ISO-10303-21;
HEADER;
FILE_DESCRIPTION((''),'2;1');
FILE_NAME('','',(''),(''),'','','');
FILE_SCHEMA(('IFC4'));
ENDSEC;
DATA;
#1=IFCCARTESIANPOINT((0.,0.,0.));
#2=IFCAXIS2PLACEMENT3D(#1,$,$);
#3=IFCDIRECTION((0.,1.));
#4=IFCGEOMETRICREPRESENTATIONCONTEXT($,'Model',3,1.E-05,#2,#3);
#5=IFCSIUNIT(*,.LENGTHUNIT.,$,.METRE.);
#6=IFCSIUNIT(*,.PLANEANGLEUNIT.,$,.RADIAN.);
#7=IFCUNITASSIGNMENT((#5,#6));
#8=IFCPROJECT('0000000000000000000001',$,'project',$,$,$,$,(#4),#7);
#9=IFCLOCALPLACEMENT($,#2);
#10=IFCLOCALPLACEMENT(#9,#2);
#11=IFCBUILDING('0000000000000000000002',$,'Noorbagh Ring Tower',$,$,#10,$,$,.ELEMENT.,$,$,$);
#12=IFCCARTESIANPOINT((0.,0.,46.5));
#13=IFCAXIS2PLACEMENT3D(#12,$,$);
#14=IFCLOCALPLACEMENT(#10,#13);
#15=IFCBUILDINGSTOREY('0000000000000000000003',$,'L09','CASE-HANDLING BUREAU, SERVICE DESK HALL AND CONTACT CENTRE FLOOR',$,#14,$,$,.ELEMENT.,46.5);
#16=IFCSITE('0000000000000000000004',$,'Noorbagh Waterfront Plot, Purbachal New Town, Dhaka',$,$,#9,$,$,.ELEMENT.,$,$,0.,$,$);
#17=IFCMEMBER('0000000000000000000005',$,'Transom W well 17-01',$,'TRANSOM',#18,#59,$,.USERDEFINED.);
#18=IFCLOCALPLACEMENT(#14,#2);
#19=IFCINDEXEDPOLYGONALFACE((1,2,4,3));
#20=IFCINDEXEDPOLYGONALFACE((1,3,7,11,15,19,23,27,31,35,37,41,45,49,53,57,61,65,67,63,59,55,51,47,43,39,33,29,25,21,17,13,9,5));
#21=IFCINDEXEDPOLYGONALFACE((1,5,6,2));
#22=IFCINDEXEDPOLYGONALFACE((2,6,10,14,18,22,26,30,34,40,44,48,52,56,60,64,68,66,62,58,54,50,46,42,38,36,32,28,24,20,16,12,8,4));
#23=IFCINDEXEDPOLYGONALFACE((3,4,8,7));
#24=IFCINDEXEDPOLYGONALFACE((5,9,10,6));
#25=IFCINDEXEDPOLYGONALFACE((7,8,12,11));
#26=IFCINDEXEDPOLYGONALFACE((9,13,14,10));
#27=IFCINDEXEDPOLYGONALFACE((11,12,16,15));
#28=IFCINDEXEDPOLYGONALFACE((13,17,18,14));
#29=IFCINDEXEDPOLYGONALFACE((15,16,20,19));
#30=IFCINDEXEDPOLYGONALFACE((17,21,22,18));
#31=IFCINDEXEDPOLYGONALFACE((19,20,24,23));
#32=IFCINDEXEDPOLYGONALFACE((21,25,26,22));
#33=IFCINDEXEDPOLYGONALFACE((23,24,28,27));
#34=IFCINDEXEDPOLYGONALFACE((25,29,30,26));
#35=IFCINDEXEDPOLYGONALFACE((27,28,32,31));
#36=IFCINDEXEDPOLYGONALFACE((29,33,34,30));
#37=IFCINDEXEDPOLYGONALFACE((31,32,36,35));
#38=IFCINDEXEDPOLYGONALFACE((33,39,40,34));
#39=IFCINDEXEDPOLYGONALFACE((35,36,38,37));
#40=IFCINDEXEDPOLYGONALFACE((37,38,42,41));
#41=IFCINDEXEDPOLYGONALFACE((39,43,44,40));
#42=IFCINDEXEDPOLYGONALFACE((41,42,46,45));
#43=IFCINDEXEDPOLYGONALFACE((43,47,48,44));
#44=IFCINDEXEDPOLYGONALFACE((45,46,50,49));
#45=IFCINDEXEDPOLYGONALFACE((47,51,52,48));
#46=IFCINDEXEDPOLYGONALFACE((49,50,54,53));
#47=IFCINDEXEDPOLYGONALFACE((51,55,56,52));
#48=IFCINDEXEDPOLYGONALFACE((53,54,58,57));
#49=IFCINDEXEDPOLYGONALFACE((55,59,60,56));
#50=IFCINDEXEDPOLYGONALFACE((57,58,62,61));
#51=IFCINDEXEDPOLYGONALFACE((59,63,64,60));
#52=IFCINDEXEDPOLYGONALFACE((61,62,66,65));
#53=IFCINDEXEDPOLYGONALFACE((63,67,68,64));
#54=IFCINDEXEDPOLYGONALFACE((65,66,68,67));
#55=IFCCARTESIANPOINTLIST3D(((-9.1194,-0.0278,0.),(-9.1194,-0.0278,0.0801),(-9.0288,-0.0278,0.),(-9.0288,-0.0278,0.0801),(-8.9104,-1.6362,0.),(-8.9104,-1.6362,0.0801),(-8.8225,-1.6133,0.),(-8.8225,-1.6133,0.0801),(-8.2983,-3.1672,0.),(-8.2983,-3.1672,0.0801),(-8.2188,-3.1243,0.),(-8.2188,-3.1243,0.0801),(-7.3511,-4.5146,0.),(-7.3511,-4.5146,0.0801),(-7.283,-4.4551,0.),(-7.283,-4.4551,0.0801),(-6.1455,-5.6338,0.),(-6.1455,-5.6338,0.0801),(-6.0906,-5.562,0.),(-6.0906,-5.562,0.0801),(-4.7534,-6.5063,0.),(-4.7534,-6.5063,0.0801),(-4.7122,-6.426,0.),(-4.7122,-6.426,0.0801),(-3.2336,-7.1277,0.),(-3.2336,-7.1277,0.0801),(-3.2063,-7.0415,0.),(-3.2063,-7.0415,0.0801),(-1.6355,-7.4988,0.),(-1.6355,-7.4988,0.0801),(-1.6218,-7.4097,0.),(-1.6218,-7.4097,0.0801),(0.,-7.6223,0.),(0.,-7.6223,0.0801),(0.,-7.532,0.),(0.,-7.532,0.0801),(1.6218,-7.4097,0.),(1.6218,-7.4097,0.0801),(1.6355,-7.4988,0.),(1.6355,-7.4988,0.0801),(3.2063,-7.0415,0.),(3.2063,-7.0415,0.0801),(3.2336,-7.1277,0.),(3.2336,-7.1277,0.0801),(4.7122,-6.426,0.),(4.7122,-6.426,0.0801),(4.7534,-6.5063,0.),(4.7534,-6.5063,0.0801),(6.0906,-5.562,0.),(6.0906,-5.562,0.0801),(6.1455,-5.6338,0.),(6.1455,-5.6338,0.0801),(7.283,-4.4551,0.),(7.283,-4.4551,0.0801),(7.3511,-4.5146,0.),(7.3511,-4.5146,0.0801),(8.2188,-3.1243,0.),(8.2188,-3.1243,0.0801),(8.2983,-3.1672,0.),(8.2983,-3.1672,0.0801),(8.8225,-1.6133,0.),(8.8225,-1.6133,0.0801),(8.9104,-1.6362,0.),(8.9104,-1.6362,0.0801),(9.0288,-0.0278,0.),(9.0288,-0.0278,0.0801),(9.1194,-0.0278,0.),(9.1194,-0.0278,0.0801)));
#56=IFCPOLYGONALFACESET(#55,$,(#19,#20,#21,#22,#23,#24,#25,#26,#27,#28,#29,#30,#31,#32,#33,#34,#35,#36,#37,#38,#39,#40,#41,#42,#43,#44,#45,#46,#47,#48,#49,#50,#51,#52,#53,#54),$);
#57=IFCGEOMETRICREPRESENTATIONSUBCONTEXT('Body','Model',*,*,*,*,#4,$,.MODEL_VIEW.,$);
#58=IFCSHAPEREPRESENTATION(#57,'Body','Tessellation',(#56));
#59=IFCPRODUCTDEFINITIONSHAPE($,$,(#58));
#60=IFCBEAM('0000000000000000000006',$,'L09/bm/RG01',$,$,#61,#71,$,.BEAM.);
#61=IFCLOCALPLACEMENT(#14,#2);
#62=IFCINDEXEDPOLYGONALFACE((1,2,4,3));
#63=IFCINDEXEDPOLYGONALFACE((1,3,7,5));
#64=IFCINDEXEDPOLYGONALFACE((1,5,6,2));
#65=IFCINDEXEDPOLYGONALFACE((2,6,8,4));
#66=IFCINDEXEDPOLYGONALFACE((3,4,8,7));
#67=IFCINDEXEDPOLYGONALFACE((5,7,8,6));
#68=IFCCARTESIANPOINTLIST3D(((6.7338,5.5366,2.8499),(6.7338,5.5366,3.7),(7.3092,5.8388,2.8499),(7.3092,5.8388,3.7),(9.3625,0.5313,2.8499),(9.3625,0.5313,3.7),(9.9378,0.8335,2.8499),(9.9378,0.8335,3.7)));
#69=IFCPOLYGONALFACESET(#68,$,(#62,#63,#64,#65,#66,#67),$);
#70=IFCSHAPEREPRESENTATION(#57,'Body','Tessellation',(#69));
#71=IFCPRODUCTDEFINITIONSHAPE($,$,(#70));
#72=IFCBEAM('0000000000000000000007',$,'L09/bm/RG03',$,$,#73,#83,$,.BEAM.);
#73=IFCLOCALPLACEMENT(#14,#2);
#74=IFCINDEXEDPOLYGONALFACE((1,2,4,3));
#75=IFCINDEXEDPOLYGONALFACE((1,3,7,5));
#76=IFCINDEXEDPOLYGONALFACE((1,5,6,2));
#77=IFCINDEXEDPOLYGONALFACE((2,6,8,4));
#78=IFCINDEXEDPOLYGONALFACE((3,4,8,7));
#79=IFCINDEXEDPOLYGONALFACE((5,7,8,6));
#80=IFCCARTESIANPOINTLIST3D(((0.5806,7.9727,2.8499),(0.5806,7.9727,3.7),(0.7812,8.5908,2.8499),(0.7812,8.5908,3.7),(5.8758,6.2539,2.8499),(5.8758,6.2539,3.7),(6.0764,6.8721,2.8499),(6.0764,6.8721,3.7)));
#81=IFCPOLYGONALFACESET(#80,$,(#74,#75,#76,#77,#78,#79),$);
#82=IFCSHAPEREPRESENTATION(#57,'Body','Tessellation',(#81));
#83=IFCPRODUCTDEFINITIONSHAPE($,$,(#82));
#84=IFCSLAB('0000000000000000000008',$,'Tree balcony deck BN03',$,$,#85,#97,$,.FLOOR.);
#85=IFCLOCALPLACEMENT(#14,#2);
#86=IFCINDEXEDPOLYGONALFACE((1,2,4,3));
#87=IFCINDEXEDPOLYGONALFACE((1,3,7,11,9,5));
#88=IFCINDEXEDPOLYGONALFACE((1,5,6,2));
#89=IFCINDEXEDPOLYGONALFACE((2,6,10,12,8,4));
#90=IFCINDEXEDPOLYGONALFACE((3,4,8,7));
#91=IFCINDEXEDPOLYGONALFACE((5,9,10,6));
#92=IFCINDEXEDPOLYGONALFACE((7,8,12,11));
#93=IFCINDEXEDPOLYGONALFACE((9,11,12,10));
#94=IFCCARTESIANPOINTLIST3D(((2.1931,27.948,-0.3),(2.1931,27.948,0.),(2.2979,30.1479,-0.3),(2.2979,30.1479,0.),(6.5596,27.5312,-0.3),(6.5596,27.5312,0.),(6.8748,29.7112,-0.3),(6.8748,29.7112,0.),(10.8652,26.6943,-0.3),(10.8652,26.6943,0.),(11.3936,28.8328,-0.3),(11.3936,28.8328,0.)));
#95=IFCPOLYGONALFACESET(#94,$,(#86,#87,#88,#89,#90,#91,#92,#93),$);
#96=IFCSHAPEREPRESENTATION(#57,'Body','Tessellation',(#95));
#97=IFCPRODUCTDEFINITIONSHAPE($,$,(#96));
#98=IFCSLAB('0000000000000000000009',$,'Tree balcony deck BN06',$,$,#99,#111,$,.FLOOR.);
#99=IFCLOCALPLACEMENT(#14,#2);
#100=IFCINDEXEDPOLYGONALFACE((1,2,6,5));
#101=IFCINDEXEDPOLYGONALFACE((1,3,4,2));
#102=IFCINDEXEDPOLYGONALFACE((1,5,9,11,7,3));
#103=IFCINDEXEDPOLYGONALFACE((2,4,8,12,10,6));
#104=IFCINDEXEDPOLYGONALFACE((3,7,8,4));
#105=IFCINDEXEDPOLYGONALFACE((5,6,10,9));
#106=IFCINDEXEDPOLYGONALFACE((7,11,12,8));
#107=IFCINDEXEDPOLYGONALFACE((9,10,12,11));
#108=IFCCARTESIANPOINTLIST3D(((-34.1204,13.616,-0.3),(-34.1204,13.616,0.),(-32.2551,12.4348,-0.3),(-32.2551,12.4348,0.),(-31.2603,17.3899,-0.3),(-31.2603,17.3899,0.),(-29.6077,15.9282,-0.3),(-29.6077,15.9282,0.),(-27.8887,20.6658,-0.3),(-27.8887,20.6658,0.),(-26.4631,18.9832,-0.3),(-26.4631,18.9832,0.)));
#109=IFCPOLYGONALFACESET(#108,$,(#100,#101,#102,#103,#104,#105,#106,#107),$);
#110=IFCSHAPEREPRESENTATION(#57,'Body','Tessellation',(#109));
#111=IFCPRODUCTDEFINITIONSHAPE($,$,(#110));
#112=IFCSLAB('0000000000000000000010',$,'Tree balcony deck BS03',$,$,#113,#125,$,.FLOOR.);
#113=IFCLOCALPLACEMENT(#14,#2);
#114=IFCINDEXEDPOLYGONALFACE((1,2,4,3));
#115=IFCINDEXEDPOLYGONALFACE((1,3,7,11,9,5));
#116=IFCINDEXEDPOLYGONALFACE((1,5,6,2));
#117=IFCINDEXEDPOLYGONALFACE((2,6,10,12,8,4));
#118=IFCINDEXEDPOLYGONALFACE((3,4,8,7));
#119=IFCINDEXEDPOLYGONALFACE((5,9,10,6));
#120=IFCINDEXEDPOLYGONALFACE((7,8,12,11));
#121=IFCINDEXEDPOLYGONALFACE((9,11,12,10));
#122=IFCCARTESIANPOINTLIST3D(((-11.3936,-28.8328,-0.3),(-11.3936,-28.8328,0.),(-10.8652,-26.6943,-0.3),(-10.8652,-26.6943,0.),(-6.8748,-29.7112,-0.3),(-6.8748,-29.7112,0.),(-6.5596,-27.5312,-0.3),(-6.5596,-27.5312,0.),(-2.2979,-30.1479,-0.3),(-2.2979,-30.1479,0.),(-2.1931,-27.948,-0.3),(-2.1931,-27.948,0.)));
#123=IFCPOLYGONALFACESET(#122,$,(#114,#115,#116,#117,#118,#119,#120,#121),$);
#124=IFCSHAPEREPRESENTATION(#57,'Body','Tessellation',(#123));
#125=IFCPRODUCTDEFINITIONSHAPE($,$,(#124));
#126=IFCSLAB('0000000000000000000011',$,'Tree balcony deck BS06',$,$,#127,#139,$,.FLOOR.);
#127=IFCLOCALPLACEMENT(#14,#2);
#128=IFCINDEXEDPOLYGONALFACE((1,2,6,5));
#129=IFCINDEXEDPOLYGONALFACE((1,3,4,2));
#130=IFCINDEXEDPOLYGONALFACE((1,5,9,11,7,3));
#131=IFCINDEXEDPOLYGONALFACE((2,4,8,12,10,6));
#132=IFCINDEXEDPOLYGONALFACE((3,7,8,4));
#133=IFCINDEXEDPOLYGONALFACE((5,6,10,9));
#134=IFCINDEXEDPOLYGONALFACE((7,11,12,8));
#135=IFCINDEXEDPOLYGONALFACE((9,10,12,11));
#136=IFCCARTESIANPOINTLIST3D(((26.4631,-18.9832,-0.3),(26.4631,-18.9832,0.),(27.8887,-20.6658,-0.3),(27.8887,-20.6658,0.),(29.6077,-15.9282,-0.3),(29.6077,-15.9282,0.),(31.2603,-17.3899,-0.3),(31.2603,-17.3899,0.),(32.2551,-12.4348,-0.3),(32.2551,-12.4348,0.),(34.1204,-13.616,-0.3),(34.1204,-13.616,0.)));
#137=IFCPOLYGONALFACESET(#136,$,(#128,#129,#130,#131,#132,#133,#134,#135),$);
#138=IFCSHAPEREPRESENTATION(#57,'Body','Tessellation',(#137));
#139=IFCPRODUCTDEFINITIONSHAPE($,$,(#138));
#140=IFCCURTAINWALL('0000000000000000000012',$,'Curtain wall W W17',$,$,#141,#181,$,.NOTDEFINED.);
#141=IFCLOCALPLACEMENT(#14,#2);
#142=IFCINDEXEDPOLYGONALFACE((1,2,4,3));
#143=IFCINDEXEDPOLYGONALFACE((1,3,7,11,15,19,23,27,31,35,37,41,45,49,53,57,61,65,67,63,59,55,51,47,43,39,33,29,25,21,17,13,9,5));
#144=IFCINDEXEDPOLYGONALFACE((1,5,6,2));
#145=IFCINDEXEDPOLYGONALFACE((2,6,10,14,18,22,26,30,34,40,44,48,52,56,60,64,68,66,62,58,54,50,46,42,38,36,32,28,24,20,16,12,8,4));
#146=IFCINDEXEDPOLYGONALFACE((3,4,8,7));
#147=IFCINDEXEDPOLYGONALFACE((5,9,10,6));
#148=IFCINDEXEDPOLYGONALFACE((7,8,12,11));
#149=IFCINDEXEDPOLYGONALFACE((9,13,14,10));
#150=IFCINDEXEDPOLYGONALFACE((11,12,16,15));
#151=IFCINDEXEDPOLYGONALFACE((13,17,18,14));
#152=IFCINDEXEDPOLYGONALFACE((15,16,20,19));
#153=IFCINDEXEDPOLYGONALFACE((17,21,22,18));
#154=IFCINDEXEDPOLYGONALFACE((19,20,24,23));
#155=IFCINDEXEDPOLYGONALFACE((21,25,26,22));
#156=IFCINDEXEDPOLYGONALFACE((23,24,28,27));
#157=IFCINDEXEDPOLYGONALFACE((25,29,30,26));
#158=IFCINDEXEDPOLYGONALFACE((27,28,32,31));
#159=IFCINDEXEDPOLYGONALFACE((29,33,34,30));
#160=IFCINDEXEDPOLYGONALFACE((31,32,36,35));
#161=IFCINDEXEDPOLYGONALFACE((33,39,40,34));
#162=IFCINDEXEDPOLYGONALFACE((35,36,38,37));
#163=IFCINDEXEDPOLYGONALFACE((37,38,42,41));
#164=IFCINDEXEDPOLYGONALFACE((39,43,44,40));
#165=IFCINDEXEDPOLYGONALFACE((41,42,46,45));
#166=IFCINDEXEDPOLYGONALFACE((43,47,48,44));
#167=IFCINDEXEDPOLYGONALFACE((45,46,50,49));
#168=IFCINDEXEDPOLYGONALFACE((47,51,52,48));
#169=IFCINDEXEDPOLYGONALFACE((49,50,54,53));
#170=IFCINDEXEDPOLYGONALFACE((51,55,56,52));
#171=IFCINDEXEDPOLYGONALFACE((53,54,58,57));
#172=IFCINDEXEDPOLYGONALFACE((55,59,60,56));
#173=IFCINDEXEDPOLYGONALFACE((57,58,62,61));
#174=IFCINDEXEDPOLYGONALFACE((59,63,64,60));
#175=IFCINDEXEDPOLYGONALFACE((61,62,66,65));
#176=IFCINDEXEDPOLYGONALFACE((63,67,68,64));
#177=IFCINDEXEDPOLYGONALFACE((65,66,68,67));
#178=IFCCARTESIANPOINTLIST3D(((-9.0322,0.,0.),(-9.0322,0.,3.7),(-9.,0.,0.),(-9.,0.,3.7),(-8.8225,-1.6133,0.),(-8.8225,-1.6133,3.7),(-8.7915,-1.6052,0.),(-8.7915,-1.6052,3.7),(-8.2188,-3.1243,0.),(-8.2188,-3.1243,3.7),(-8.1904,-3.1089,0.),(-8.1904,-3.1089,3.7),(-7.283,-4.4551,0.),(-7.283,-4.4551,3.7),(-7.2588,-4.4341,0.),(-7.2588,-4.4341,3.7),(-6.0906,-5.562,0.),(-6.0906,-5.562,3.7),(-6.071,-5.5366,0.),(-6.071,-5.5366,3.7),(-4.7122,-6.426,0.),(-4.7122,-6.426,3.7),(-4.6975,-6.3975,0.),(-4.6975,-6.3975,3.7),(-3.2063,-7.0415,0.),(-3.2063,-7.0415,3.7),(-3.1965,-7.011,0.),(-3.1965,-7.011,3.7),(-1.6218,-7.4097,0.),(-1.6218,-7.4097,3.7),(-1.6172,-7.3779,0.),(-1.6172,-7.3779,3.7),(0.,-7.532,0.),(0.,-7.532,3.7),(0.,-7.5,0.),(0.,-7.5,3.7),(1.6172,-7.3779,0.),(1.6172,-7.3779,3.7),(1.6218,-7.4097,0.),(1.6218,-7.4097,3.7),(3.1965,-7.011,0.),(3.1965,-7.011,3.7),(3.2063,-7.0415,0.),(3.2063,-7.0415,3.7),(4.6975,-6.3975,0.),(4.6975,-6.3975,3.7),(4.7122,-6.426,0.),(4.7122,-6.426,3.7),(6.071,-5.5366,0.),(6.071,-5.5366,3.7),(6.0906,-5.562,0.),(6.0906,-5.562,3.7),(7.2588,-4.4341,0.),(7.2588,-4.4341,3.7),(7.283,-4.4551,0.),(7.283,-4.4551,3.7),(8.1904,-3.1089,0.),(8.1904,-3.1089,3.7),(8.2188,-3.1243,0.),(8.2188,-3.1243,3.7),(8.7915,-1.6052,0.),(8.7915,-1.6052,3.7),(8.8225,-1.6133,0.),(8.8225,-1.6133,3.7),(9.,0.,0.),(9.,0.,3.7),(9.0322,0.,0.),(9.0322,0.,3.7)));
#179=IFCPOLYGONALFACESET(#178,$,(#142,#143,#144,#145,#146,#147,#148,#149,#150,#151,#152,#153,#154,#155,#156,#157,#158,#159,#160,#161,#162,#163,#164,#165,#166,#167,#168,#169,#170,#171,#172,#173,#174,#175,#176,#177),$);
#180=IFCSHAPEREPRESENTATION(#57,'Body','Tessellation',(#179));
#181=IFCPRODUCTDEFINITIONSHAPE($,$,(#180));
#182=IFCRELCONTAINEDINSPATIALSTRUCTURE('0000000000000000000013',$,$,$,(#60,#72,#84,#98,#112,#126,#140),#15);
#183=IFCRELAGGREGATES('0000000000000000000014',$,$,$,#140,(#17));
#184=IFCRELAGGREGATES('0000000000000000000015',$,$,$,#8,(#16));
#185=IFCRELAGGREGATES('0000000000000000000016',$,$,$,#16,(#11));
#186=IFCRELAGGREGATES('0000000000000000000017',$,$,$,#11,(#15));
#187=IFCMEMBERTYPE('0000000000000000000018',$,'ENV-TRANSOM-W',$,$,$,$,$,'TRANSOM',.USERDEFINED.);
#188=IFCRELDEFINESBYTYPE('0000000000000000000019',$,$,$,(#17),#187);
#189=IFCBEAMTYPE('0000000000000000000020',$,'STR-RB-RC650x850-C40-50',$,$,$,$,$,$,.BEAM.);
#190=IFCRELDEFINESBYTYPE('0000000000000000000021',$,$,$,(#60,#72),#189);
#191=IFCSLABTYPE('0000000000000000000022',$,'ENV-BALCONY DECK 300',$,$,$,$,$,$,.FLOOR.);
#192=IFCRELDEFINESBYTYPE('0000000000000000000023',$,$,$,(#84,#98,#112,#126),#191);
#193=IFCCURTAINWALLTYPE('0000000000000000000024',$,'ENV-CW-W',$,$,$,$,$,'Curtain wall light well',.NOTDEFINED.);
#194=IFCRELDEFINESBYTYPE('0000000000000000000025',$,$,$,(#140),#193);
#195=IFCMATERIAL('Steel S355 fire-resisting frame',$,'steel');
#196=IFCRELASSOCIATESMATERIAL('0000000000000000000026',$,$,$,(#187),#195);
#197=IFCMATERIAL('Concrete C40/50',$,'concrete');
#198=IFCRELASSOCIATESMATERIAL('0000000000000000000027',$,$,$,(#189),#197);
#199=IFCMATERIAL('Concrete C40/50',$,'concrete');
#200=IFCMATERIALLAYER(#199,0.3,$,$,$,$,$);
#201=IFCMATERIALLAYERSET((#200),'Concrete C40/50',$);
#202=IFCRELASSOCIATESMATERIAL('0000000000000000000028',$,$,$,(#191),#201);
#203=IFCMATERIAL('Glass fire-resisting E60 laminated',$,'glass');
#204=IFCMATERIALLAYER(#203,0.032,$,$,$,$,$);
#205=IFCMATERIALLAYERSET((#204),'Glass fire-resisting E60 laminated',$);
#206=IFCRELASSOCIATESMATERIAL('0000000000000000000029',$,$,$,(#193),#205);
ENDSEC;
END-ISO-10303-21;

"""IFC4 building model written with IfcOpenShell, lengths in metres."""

from ifc_helpers import new_model, si_unit, direction, frame, origin, origin_2d, place, context, subcontext, project, spatial, polyline, rectangle, outline, extrude, material, layer, layer_set, material_profile, profile_set, type_object, element, aggregate, save


model = new_model("IFC4")

# Units and contexts
model_context = context("Model", 3, precision=1e-05, world=origin(), true_north=direction((0.0, 1.0)))
body_context = subcontext(model_context, "Body", "Model", "MODEL_VIEW")
ifc_project = project(units=[si_unit("LENGTHUNIT", "METRE"), si_unit("PLANEANGLEUNIT", "RADIAN")], contexts=[model_context])

# Site, building, storey
site_placement = place(None, origin())
site = spatial("IfcSite", under=ifc_project, at=site_placement, Name="Noorbagh Waterfront Plot, Purbachal New Town, Dhaka", CompositionType="ELEMENT", RefElevation=0.0)
building_placement = place(site_placement, origin())
building = spatial("IfcBuilding", under=site, at=building_placement, Name="Noorbagh Ring Tower", CompositionType="ELEMENT")
storey_placement = place(building_placement, frame((0.0, 0.0, 46.5)))
storey = spatial("IfcBuildingStorey", under=building, at=storey_placement, Name="L09", Description="CASE-HANDLING BUREAU, SERVICE DESK HALL AND CONTACT CENTRE FLOOR", CompositionType="ELEMENT", Elevation=46.5)

# Member
ifc_material_1 = material(Name="Steel S355 fire-resisting frame", Category="steel")
member_type_1 = type_object("IfcMemberType", Name="ENV-TRANSOM-W", ElementType="TRANSOM", PredefinedType="USERDEFINED", material=ifc_material_1)
member_1_placement = place(storey_placement, origin())
member_1 = element("IfcMember", 1, at=member_1_placement, type_object=member_type_1, Name="Transom W well 17-01", ObjectType="TRANSOM", PredefinedType="USERDEFINED", context=body_context, shape_type="SweptSolid", body=[
    extrude(outline(polyline([(-9.1194, -0.0278), (-8.9104, -1.6362), (-8.2983, -3.1672), (-7.3511, -4.5146), (-6.1455, -5.6338), (-4.7534, -6.5063), (-3.2336, -7.1277), (-1.6355, -7.4988), (0.0, -7.6223), (1.6355, -7.4988), (3.2336, -7.1277), (4.7534, -6.5063), (6.1455, -5.6338), (7.3511, -4.5146), (8.2983, -3.1672), (8.9104, -1.6362), (9.1194, -0.0278), (9.0288, -0.0278), (8.8225, -1.6133), (8.2188, -3.1243), (7.283, -4.4551), (6.0906, -5.562), (4.7122, -6.426), (3.2063, -7.0415), (1.6218, -7.4097), (0.0, -7.532), (-1.6218, -7.4097), (-3.2063, -7.0415), (-4.7122, -6.426), (-6.0906, -5.562), (-7.283, -4.4551), (-8.2188, -3.1243), (-8.8225, -1.6133), (-9.0288, -0.0278), (-9.1194, -0.0278)])), origin(), (0.0, 0.0, 1.0), 0.0801),
])

# Beams
ifc_material_2 = material(Name="Concrete C40/50", Category="concrete")
ifc_material_profile_1 = material_profile(ifc_material_2, rectangle(XDim=0.6499, YDim=0.8501, at=origin_2d()), Name="RC650x850")
ifc_profile_set_1 = profile_set([ifc_material_profile_1], Name="Concrete C40/50")
beam_type = type_object("IfcBeamType", Name="STR-RB-RC650x850-C40-50", PredefinedType="BEAM", material=ifc_profile_set_1)
beam_1_placement = place(storey_placement, frame((9.6501, 0.6824, 3.2749), z_axis=(-0.464951, 0.885337, 0.0), x_axis=(-0.885337, -0.464951, 0.0)))
element("IfcBeam", 2, at=beam_1_placement, inside=storey, type_object=beam_type, Name="L09/bm/RG01", PredefinedType="BEAM", context=body_context, shape_type="SweptSolid", body=[
    extrude(rectangle(XDim=0.6499, YDim=0.8501, at=origin_2d()), origin(), (0.0, 0.0, 1.0), 5.6536),
])
beam_2_placement = place(storey_placement, frame((5.9761, 6.563, 3.2749), z_axis=(-0.951149, 0.308732, 0.0), x_axis=(-0.308732, -0.951149, 0.0)))
element("IfcBeam", 3, at=beam_2_placement, inside=storey, type_object=beam_type, Name="L09/bm/RG03", PredefinedType="BEAM", context=body_context, shape_type="SweptSolid", body=[
    extrude(rectangle(XDim=0.6499, YDim=0.8501, at=origin_2d()), origin(), (0.0, 0.0, 1.0), 5.5671),
])

# Slabs
ifc_material_3 = material(Name="Concrete C40/50", Category="concrete")
ifc_layer_1 = layer(ifc_material_3, 0.3)
ifc_layer_set_1 = layer_set([ifc_layer_1], Name="Concrete C40/50")
slab_type = type_object("IfcSlabType", Name="ENV-BALCONY DECK 300", PredefinedType="FLOOR", material=ifc_layer_set_1)
slab_1_placement = place(storey_placement, frame((0.0, 0.0, -0.3)))
element("IfcSlab", 4, at=slab_1_placement, inside=storey, type_object=slab_type, Name="Tree balcony deck BN03", PredefinedType="FLOOR", context=body_context, shape_type="SweptSolid", body=[
    extrude(outline(polyline([(11.3936, 28.8328), (6.8748, 29.7112), (2.2979, 30.1479), (2.1931, 27.948), (6.5596, 27.5312), (10.8652, 26.6943), (11.3936, 28.8328)])), origin(), (0.0, 0.0, 1.0), 0.3),
])
slab_2_placement = place(storey_placement, frame((0.0, 0.0, -0.3)))
element("IfcSlab", 5, at=slab_2_placement, inside=storey, type_object=slab_type, Name="Tree balcony deck BN06", PredefinedType="FLOOR", context=body_context, shape_type="SweptSolid", body=[
    extrude(outline(polyline([(-27.8887, 20.6658), (-31.2603, 17.3899), (-34.1204, 13.616), (-32.2551, 12.4348), (-29.6077, 15.9282), (-26.4631, 18.9832), (-27.8887, 20.6658)])), origin(), (0.0, 0.0, 1.0), 0.3),
])
slab_3_placement = place(storey_placement, frame((0.0, 0.0, -0.3)))
element("IfcSlab", 6, at=slab_3_placement, inside=storey, type_object=slab_type, Name="Tree balcony deck BS03", PredefinedType="FLOOR", context=body_context, shape_type="SweptSolid", body=[
    extrude(outline(polyline([(-11.3936, -28.8328), (-6.8748, -29.7112), (-2.2979, -30.1479), (-2.1931, -27.948), (-6.5596, -27.5312), (-10.8652, -26.6943), (-11.3936, -28.8328)])), origin(), (0.0, 0.0, 1.0), 0.3),
])
slab_4_placement = place(storey_placement, frame((0.0, 0.0, -0.3)))
element("IfcSlab", 7, at=slab_4_placement, inside=storey, type_object=slab_type, Name="Tree balcony deck BS06", PredefinedType="FLOOR", context=body_context, shape_type="SweptSolid", body=[
    extrude(outline(polyline([(27.8887, -20.6658), (31.2603, -17.3899), (34.1204, -13.616), (32.2551, -12.4348), (29.6077, -15.9282), (26.4631, -18.9832), (27.8887, -20.6658)])), origin(), (0.0, 0.0, 1.0), 0.3),
])

# Curtain wall
ifc_material_4 = material(Name="Glass fire-resisting E60 laminated", Category="glass")
ifc_layer_2 = layer(ifc_material_4, 0.032)
ifc_layer_set_2 = layer_set([ifc_layer_2], Name="Glass fire-resisting E60 laminated")
curtain_wall_type_1 = type_object("IfcCurtainWallType", Name="ENV-CW-W", ElementType="Curtain wall light well", PredefinedType="NOTDEFINED", material=ifc_layer_set_2)
curtain_wall_1_placement = place(storey_placement, origin())
curtain_wall_1 = element("IfcCurtainWall", 8, at=curtain_wall_1_placement, inside=storey, type_object=curtain_wall_type_1, Name="Curtain wall W W17", PredefinedType="NOTDEFINED", context=body_context, shape_type="SweptSolid", body=[
    extrude(outline(polyline([(-9.0322, 0.0), (-8.8225, -1.6133), (-8.2188, -3.1243), (-7.283, -4.4551), (-6.0906, -5.562), (-4.7122, -6.426), (-3.2063, -7.0415), (-1.6218, -7.4097), (0.0, -7.532), (1.6218, -7.4097), (3.2063, -7.0415), (4.7122, -6.426), (6.0906, -5.562), (7.283, -4.4551), (8.2188, -3.1243), (8.8225, -1.6133), (9.0322, 0.0), (9.0, 0.0), (8.7915, -1.6052), (8.1904, -3.1089), (7.2588, -4.4341), (6.071, -5.5366), (4.6975, -6.3975), (3.1965, -7.011), (1.6172, -7.3779), (0.0, -7.5), (-1.6172, -7.3779), (-3.1965, -7.011), (-4.6975, -6.3975), (-6.071, -5.5366), (-7.2588, -4.4341), (-8.1904, -3.1089), (-8.7915, -1.6052), (-9.0, 0.0), (-9.0322, 0.0)])), origin(), (0.0, 0.0, 1.0), 3.7),
])
aggregate(curtain_wall_1, [member_1])

save(model, "model.ifc")
